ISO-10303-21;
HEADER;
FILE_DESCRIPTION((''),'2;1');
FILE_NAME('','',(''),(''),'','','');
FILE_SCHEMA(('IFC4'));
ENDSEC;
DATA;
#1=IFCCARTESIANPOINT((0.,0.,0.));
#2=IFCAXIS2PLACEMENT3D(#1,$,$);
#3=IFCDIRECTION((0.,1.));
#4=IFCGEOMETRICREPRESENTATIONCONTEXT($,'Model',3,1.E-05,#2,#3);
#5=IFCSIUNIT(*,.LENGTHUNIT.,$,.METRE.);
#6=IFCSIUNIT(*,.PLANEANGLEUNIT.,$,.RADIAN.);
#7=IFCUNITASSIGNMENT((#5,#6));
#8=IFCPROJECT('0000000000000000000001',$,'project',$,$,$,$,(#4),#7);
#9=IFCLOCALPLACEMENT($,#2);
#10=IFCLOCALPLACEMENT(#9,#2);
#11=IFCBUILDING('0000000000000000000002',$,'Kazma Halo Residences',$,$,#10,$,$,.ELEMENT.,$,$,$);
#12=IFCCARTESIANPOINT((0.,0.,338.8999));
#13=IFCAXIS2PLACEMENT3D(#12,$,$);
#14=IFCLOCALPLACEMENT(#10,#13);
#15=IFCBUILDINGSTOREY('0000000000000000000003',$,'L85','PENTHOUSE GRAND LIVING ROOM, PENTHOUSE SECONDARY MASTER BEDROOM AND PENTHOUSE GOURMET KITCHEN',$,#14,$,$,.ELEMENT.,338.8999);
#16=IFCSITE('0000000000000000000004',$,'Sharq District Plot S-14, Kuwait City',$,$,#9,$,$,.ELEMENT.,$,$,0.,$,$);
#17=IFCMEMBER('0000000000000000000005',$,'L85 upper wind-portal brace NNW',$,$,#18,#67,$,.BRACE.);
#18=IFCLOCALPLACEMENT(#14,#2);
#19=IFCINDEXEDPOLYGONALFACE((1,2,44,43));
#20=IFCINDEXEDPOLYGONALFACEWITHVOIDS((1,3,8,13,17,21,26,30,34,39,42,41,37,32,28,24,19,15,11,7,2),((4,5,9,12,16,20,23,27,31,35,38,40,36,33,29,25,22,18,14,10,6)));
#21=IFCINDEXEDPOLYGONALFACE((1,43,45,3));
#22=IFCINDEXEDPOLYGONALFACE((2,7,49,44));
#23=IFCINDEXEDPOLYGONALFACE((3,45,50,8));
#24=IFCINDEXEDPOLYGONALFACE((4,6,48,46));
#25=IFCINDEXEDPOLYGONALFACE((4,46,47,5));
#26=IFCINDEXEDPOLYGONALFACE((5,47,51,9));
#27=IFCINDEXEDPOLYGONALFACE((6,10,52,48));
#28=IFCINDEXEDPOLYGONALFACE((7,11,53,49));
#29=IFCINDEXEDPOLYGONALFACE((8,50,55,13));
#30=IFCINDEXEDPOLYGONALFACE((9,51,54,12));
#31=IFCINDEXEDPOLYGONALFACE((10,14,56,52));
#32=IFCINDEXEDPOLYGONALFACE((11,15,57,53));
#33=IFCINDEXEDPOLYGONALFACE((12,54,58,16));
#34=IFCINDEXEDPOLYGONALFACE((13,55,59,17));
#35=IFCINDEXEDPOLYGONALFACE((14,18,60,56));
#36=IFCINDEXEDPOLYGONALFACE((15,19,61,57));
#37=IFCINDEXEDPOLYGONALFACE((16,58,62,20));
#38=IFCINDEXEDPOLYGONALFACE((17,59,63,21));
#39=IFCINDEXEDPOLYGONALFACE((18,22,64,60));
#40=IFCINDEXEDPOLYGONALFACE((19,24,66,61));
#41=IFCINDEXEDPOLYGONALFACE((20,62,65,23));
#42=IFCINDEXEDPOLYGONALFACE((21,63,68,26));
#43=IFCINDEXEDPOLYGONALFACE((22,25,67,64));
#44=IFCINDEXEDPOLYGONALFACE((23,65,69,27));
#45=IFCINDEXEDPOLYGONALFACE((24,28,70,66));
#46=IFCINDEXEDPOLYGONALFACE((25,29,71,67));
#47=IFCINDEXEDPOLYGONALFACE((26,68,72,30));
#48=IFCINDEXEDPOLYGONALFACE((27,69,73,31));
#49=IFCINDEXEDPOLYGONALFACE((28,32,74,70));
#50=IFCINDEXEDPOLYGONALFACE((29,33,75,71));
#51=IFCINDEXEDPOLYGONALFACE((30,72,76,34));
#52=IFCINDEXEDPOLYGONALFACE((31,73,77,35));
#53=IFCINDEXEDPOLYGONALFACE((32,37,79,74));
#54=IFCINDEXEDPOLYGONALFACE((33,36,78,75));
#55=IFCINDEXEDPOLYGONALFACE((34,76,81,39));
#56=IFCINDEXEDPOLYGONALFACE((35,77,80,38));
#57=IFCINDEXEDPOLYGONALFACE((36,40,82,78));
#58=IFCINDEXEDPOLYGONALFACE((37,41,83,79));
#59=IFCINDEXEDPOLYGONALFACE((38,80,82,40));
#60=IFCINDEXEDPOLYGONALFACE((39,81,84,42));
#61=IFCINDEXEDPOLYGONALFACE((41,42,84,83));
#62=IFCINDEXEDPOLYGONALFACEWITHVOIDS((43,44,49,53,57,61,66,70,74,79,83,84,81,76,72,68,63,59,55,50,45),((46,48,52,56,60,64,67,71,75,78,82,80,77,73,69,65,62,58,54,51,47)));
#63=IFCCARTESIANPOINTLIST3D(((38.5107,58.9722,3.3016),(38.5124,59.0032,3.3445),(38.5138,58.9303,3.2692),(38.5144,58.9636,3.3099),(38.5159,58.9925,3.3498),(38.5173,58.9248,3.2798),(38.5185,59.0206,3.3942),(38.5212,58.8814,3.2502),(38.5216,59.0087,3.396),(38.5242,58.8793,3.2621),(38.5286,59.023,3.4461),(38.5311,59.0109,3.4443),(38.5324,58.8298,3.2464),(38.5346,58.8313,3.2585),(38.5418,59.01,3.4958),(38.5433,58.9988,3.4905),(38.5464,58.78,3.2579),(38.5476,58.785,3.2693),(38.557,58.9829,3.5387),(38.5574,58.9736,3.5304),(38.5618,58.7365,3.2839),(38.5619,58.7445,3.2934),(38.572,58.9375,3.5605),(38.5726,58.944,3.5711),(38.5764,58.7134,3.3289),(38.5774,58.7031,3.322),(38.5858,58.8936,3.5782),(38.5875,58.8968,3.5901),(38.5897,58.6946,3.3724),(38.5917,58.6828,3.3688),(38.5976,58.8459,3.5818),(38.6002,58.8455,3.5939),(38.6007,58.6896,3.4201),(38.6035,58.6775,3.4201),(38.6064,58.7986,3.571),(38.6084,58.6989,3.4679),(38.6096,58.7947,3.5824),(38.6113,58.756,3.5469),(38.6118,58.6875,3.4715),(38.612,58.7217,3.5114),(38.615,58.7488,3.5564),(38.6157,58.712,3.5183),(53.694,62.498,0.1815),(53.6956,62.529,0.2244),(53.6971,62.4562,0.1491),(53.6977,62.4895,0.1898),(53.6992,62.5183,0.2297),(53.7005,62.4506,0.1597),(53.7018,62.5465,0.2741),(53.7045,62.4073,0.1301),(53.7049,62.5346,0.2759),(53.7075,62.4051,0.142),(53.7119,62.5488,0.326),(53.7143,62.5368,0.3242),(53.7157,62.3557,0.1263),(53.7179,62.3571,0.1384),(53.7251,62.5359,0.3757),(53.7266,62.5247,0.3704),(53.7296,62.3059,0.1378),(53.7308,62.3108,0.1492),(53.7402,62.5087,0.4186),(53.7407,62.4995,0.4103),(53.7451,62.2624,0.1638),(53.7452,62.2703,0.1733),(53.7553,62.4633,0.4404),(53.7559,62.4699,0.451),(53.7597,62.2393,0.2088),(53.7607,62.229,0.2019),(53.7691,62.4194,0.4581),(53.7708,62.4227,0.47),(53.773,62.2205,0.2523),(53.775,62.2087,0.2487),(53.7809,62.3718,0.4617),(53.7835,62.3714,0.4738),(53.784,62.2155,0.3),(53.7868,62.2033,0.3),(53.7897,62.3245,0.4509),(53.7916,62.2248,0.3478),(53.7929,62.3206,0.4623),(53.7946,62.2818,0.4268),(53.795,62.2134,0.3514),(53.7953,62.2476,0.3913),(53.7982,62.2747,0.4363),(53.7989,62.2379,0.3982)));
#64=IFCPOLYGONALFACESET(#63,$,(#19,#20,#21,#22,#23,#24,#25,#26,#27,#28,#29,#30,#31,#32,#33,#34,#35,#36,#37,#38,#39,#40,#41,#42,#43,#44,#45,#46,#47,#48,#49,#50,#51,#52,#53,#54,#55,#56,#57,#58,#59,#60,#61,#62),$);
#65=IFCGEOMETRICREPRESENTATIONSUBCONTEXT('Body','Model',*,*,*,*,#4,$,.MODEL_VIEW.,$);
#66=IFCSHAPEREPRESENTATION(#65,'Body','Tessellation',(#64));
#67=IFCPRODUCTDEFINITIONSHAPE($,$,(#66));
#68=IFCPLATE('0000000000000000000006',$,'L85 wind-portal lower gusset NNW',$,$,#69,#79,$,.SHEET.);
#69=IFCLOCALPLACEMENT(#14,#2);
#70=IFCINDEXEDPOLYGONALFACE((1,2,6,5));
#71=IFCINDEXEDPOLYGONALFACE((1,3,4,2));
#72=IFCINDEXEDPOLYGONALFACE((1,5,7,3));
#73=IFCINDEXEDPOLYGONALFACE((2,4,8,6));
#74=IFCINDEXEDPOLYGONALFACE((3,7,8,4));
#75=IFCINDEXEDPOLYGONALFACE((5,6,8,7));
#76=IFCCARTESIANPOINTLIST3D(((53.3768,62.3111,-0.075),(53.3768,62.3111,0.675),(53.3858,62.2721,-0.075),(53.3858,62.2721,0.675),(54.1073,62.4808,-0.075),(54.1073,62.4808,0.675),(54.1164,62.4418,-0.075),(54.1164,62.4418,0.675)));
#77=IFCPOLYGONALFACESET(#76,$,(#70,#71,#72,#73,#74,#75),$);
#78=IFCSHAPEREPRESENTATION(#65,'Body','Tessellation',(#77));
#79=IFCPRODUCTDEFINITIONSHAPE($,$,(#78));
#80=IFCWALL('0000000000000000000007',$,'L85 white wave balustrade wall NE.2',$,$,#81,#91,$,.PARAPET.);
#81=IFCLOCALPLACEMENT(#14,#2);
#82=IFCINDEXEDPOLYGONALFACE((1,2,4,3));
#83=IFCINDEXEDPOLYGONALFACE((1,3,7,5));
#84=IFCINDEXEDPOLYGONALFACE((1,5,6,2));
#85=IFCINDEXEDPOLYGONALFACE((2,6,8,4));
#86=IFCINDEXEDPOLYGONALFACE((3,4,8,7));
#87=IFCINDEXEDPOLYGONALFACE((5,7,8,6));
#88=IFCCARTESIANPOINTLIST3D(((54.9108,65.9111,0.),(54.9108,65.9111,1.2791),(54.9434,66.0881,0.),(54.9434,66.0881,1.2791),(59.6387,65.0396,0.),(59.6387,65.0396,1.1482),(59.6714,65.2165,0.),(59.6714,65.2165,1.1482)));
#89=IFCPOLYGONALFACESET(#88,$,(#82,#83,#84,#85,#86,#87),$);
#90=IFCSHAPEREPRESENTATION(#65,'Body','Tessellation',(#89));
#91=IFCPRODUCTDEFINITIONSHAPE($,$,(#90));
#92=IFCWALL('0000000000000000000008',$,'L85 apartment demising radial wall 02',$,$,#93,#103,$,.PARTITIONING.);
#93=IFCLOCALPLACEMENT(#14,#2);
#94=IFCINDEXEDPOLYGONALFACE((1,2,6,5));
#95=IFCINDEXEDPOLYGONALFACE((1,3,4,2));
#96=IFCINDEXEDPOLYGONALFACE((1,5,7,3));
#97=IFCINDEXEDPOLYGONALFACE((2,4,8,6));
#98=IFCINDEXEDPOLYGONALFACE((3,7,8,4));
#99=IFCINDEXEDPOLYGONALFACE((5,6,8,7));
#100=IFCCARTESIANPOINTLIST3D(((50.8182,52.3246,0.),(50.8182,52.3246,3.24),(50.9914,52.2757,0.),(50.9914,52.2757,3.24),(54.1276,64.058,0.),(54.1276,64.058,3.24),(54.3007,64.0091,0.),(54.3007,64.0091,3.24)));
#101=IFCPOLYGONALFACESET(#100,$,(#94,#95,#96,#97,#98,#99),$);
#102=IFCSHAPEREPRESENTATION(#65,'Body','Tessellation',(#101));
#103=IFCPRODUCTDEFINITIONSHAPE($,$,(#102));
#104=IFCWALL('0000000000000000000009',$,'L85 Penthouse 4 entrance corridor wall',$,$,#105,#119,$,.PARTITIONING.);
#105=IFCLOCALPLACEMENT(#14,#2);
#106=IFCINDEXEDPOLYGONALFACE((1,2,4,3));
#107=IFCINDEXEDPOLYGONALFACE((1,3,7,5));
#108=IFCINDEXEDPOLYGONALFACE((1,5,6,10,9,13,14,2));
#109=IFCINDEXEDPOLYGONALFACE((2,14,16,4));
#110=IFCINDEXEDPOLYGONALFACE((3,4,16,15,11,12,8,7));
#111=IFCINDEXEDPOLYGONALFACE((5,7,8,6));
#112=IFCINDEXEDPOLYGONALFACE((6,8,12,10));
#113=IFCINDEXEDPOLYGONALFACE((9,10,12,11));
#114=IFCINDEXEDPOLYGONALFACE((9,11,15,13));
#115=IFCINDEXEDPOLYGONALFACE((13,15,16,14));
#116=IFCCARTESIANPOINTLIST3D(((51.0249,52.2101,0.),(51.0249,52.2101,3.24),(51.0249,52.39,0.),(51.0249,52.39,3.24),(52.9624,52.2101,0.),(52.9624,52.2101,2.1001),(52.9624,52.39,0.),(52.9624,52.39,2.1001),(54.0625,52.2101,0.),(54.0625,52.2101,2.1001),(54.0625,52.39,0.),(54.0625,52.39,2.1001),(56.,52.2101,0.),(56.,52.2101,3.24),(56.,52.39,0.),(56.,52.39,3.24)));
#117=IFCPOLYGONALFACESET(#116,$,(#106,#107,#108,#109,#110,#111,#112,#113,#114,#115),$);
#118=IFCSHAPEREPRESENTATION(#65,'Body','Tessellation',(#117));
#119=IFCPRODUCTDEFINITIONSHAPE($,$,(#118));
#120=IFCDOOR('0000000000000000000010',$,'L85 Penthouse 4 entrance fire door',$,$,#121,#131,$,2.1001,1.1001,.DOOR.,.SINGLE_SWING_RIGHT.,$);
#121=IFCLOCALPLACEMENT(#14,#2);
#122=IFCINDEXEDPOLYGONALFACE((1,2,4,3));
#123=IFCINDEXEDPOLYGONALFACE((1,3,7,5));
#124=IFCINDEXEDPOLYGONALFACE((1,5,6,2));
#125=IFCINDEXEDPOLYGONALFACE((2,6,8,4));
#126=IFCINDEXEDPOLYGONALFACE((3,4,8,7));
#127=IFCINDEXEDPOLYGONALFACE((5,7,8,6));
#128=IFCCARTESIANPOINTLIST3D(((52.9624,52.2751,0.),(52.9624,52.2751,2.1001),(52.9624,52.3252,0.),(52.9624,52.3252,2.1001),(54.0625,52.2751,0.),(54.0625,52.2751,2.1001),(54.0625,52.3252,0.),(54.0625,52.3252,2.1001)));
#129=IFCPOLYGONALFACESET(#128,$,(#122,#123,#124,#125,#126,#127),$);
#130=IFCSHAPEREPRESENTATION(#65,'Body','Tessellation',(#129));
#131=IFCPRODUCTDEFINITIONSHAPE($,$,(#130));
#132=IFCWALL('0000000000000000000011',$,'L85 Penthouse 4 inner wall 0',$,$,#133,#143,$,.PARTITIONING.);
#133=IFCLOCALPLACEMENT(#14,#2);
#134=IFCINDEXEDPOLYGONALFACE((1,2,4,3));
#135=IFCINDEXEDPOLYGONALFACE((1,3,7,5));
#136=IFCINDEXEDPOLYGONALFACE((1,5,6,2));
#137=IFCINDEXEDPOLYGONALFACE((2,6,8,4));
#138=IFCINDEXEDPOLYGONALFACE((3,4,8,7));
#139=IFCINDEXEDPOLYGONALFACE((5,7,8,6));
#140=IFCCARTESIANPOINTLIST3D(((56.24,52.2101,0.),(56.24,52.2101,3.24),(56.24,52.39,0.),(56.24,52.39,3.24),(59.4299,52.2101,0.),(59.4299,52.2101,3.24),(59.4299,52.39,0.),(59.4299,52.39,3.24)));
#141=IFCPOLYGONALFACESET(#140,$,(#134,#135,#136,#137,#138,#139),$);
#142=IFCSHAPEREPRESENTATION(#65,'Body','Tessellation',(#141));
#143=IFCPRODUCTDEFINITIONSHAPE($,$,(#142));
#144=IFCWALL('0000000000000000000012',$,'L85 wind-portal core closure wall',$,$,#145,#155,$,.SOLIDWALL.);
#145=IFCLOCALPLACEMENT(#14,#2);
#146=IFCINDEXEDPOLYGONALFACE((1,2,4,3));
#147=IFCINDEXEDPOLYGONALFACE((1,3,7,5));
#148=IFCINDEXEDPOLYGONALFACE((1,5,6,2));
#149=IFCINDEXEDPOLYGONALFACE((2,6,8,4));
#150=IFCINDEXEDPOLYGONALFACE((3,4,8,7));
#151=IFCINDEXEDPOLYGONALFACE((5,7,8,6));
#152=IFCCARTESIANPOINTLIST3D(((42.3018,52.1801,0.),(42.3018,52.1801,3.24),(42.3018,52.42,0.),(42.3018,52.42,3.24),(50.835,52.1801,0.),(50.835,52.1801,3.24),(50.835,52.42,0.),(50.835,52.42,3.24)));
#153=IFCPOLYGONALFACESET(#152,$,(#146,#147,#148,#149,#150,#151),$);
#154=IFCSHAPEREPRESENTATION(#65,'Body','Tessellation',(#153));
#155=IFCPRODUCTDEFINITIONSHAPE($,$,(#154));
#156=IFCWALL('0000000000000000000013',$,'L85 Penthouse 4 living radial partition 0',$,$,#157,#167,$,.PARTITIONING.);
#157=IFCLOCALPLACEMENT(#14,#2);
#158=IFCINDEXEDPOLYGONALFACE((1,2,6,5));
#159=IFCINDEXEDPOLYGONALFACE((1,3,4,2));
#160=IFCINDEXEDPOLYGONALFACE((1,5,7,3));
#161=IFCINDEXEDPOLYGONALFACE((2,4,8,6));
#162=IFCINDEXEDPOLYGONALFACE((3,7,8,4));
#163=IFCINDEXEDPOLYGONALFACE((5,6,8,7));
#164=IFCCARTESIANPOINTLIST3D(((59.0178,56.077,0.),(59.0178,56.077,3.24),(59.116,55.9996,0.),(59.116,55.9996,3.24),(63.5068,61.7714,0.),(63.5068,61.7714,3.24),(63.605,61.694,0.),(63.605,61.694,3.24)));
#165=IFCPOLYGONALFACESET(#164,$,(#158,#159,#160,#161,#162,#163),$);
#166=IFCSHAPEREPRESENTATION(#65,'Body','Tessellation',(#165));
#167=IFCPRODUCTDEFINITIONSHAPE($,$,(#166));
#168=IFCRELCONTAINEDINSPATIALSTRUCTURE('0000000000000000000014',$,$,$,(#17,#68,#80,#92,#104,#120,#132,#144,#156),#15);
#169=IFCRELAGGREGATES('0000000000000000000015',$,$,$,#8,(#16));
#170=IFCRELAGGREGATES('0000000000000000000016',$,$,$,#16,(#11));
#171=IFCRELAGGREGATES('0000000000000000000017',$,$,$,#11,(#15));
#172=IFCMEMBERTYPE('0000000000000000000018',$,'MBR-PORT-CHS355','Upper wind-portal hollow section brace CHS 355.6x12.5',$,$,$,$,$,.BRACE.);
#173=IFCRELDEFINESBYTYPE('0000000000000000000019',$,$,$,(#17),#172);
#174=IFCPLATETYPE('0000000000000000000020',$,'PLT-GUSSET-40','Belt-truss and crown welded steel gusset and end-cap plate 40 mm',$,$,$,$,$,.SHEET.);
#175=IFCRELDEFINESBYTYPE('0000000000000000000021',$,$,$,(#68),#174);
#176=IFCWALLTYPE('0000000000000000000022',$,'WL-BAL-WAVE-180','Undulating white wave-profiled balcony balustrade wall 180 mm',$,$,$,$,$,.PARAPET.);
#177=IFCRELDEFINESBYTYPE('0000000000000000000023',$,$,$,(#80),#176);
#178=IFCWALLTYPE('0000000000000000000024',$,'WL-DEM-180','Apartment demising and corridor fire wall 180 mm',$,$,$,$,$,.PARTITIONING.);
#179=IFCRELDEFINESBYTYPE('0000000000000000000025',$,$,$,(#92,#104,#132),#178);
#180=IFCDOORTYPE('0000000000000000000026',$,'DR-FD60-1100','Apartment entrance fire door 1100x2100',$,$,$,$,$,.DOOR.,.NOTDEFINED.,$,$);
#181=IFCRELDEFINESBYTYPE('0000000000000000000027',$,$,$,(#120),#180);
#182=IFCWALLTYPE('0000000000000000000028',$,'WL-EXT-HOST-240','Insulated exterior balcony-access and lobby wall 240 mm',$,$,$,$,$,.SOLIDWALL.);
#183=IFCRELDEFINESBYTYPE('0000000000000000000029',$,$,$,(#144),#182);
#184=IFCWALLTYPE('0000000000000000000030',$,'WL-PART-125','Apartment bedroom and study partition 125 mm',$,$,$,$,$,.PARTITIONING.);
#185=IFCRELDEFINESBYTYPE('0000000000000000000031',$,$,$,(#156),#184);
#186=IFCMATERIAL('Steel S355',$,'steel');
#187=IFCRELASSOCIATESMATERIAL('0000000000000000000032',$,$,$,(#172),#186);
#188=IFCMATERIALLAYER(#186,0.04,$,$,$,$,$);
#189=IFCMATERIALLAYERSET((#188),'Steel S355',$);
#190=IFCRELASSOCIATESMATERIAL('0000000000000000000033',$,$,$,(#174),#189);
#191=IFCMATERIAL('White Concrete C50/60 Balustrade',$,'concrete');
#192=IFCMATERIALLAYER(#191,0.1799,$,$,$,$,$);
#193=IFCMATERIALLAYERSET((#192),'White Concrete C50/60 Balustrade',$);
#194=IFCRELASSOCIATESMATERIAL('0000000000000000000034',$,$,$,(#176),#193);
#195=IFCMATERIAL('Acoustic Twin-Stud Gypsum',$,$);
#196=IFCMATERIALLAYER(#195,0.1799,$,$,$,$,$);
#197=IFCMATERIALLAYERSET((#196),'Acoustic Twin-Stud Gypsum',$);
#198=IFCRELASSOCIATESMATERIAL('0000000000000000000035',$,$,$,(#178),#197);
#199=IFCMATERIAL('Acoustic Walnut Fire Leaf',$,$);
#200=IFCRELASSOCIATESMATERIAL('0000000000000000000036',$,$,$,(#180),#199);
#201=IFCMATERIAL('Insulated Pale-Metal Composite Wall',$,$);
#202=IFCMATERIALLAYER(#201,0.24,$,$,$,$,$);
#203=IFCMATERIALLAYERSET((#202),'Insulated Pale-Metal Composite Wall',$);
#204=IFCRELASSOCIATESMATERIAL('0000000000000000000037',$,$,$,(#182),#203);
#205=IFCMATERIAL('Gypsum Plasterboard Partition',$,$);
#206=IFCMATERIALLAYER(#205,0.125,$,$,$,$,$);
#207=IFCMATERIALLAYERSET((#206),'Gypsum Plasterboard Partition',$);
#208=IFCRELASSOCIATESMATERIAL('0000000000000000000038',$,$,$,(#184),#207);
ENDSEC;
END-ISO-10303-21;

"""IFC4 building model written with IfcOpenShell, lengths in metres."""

from ifc_helpers import new_model, si_unit, direction, frame, frame_2d, origin, origin_2d, place, context, subcontext, project, spatial, polyline, rectangle, hollow_circle, outline, extrude, material, layer, layer_set, material_profile, profile_set, type_object, element, fill, save


model = new_model("IFC4")

# Units and contexts
model_context = context("Model", 3, precision=1e-05, world=origin(), true_north=direction((0.0, 1.0)))
body_context = subcontext(model_context, "Body", "Model", "MODEL_VIEW")
ifc_project = project(units=[si_unit("LENGTHUNIT", "METRE"), si_unit("PLANEANGLEUNIT", "RADIAN")], contexts=[model_context])

# Site, building, storey
site_placement = place(None, origin())
site = spatial("IfcSite", under=ifc_project, at=site_placement, Name="Sharq District Plot S-14, Kuwait City", CompositionType="ELEMENT", RefElevation=0.0)
building_placement = place(site_placement, origin())
building = spatial("IfcBuilding", under=site, at=building_placement, Name="Kazma Halo Residences", CompositionType="ELEMENT")
storey_placement = place(building_placement, frame((0.0, 0.0, 338.8999)))
storey = spatial("IfcBuildingStorey", under=building, at=storey_placement, Name="L85", Description="PENTHOUSE GRAND LIVING ROOM, PENTHOUSE SECONDARY MASTER BEDROOM AND PENTHOUSE GOURMET KITCHEN", CompositionType="ELEMENT", Elevation=338.8999)

# Shared definitions
ifc_material_1 = material(Name="Steel S355", Category="steel")

# Member
ifc_material_profile_1 = material_profile(ifc_material_1, hollow_circle(Radius=0.1777, WallThickness=0.0125, at=origin_2d()), Name="CHS355.6x12.5")
ifc_profile_set_1 = profile_set([ifc_material_profile_1], Name="Steel S355")
member_type = type_object("IfcMemberType", Name="MBR-PORT-CHS355", Description="Upper wind-portal hollow section brace CHS 355.6x12.5", PredefinedType="BRACE", material=ifc_profile_set_1)
member_placement = place(storey_placement, frame((53.7466, 62.3765, 0.3), z_axis=(-0.955133, -0.221801, 0.196276), x_axis=(0.226201, -0.974081, 0.0)))
element("IfcMember", 1, at=member_placement, inside=storey, type_object=member_type, Name="L85 upper wind-portal brace NNW", PredefinedType="BRACE", context=body_context, shape_type="SweptSolid", body=[
    extrude(hollow_circle(Radius=0.1777, WallThickness=0.0125, at=origin_2d()), origin(), (0.0, 0.0, 1.0), 15.8965),
])

# Plate
ifc_layer_1 = layer(ifc_material_1, 0.04)
ifc_layer_set_1 = layer_set([ifc_layer_1], Name="Steel S355")
plate_type = type_object("IfcPlateType", Name="PLT-GUSSET-40", Description="Belt-truss and crown welded steel gusset and end-cap plate 40 mm", PredefinedType="SHEET", material=ifc_layer_set_1)
plate_placement = place(storey_placement, frame((53.7466, 62.3765, -0.075), z_axis=(0.0, 0.0, 1.0), x_axis=(-0.974084, -0.226188, 0.0)))
element("IfcPlate", 2, at=plate_placement, inside=storey, type_object=plate_type, Name="L85 wind-portal lower gusset NNW", PredefinedType="SHEET", context=body_context, shape_type="SweptSolid", body=[
    extrude(rectangle(XDim=0.75, YDim=0.04, at=origin_2d()), origin(), (0.0, 0.0, 1.0), 0.75),
])

# Walls
ifc_material_2 = material(Name="White Concrete C50/60 Balustrade", Category="concrete")
ifc_layer_2 = layer(ifc_material_2, 0.1799)
ifc_layer_set_2 = layer_set([ifc_layer_2], Name="White Concrete C50/60 Balustrade")
wall_type_1 = type_object("IfcWallType", Name="WL-BAL-WAVE-180", Description="Undulating white wave-profiled balcony balustrade wall 180 mm", PredefinedType="PARAPET", material=ifc_layer_set_2)
wall_1_placement = place(storey_placement, frame((59.655, 65.1279, 0.0), z_axis=(0.0, 0.0, 1.0), x_axis=(-0.98343, 0.181289, 0.0)))
element("IfcWall", 3, at=wall_1_placement, inside=storey, type_object=wall_type_1, Name="L85 white wave balustrade wall NE.2", PredefinedType="PARAPET", context=body_context, shape_type="SweptSolid", body=[
    extrude(outline(polyline([(0.0, 0.0), (4.8076, 0.0), (4.8076, 1.2791), (0.0, 1.1482), (0.0, 0.0)])), frame((0.0, 0.0898, 0.0), z_axis=(0.0, -1.0, 0.0), x_axis=(1.0, 0.0, 0.0)), (0.0, 0.0, 1.0), 0.1799),
])
ifc_material_3 = material(Name="Acoustic Twin-Stud Gypsum")
ifc_layer_3 = layer(ifc_material_3, 0.1799)
ifc_layer_set_3 = layer_set([ifc_layer_3], Name="Acoustic Twin-Stud Gypsum")
wall_type_2 = type_object("IfcWallType", Name="WL-DEM-180", Description="Apartment demising and corridor fire wall 180 mm", PredefinedType="PARTITIONING", material=ifc_layer_set_3)
wall_2_placement = place(storey_placement, frame((50.9048, 52.3, 0.0), z_axis=(0.0, 0.0, 1.0), x_axis=(0.271453, 0.962452, 0.0)))
element("IfcWall", 4, at=wall_2_placement, inside=storey, type_object=wall_type_2, Name="L85 apartment demising radial wall 02", PredefinedType="PARTITIONING", context=body_context, shape_type="SweptSolid", body=[
    extrude(rectangle(XDim=12.1912, YDim=0.1799, at=frame_2d((6.0957, 0.0))), origin(), (0.0, 0.0, 1.0), 3.24),
])

# Wall, opening, door
wall_3_placement = place(storey_placement, frame((56.0, 52.3, 0.0), z_axis=(0.0, 0.0, 1.0), x_axis=(-1.0, 0.0, 0.0)))
wall_3 = element("IfcWall", 5, at=wall_3_placement, inside=storey, type_object=wall_type_2, Name="L85 Penthouse 4 entrance corridor wall", PredefinedType="PARTITIONING", context=body_context, shape_type="SweptSolid", body=[
    extrude(rectangle(XDim=4.9751, YDim=0.1799, at=frame_2d((2.4875, 0.0))), origin(), (0.0, 0.0, 1.0), 3.24),
])
opening_1_placement = place(wall_3_placement, frame((1.9375, 0.0, 0.0)))
opening_1 = element("IfcOpeningElement", 6, at=opening_1_placement, cuts=wall_3, PredefinedType="OPENING", context=body_context, shape_type="SweptSolid", body=[
    extrude(rectangle(XDim=1.1001, YDim=2.1001, at=frame_2d((0.55, 1.05))), frame((0.0, 0.0999, 0.0), z_axis=(0.0, -1.0, 0.0), x_axis=(1.0, 0.0, 0.0)), (0.0, 0.0, 1.0), 0.2),
])
ifc_material_4 = material(Name="Acoustic Walnut Fire Leaf")
door_type_1 = type_object("IfcDoorType", Name="DR-FD60-1100", Description="Apartment entrance fire door 1100x2100", OperationType="NOTDEFINED", PredefinedType="DOOR", material=ifc_material_4)
door_1_placement = place(opening_1_placement, origin())
door_1 = element("IfcDoor", 7, at=door_1_placement, inside=storey, type_object=door_type_1, Name="L85 Penthouse 4 entrance fire door", OperationType="SINGLE_SWING_RIGHT", OverallHeight=2.1001, OverallWidth=1.1001, PredefinedType="DOOR", context=body_context, shape_type="SweptSolid", body=[
    extrude(rectangle(XDim=1.1001, YDim=2.1001, at=frame_2d((0.55, 1.05))), frame((0.0, 0.0249, 0.0), z_axis=(0.0, -1.0, 0.0), x_axis=(1.0, 0.0, 0.0)), (0.0, 0.0, 1.0), 0.05),
])
fill(opening_1, door_1)

# Walls
wall_4_placement = place(storey_placement, frame((59.4299, 52.3, 0.0), z_axis=(0.0, 0.0, 1.0), x_axis=(-1.0, 0.0, 0.0)))
element("IfcWall", 8, at=wall_4_placement, inside=storey, type_object=wall_type_2, Name="L85 Penthouse 4 inner wall 0", PredefinedType="PARTITIONING", context=body_context, shape_type="SweptSolid", body=[
    extrude(rectangle(XDim=3.1899, YDim=0.1799, at=frame_2d((1.595, 0.0))), origin(), (0.0, 0.0, 1.0), 3.24),
])
ifc_material_5 = material(Name="Insulated Pale-Metal Composite Wall")
ifc_layer_4 = layer(ifc_material_5, 0.24)
ifc_layer_set_4 = layer_set([ifc_layer_4], Name="Insulated Pale-Metal Composite Wall")
wall_type_3 = type_object("IfcWallType", Name="WL-EXT-HOST-240", Description="Insulated exterior balcony-access and lobby wall 240 mm", PredefinedType="SOLIDWALL", material=ifc_layer_set_4)
wall_5_placement = place(storey_placement, frame((50.835, 52.3, 0.0), z_axis=(0.0, 0.0, 1.0), x_axis=(-1.0, 0.0, 0.0)))
element("IfcWall", 9, at=wall_5_placement, inside=storey, type_object=wall_type_3, Name="L85 wind-portal core closure wall", PredefinedType="SOLIDWALL", context=body_context, shape_type="SweptSolid", body=[
    extrude(rectangle(XDim=8.5332, YDim=0.24, at=frame_2d((4.2666, 0.0))), origin(), (0.0, 0.0, 1.0), 3.24),
])
ifc_material_6 = material(Name="Gypsum Plasterboard Partition")
ifc_layer_5 = layer(ifc_material_6, 0.125)
ifc_layer_set_5 = layer_set([ifc_layer_5], Name="Gypsum Plasterboard Partition")
wall_type_4 = type_object("IfcWallType", Name="WL-PART-125", Description="Apartment bedroom and study partition 125 mm", PredefinedType="PARTITIONING", material=ifc_layer_set_5)
wall_6_placement = place(storey_placement, frame((59.0669, 56.0383, 0.0), z_axis=(0.0, 0.0, 1.0), x_axis=(0.619091, 0.78532, 0.0)))
element("IfcWall", 10, at=wall_6_placement, inside=storey, type_object=wall_type_4, Name="L85 Penthouse 4 living radial partition 0", PredefinedType="PARTITIONING", context=body_context, shape_type="SweptSolid", body=[
    extrude(rectangle(XDim=7.251, YDim=0.125, at=frame_2d((3.6255, 0.0))), origin(), (0.0, 0.0, 1.0), 3.24),
])

save(model, "model.ifc")
